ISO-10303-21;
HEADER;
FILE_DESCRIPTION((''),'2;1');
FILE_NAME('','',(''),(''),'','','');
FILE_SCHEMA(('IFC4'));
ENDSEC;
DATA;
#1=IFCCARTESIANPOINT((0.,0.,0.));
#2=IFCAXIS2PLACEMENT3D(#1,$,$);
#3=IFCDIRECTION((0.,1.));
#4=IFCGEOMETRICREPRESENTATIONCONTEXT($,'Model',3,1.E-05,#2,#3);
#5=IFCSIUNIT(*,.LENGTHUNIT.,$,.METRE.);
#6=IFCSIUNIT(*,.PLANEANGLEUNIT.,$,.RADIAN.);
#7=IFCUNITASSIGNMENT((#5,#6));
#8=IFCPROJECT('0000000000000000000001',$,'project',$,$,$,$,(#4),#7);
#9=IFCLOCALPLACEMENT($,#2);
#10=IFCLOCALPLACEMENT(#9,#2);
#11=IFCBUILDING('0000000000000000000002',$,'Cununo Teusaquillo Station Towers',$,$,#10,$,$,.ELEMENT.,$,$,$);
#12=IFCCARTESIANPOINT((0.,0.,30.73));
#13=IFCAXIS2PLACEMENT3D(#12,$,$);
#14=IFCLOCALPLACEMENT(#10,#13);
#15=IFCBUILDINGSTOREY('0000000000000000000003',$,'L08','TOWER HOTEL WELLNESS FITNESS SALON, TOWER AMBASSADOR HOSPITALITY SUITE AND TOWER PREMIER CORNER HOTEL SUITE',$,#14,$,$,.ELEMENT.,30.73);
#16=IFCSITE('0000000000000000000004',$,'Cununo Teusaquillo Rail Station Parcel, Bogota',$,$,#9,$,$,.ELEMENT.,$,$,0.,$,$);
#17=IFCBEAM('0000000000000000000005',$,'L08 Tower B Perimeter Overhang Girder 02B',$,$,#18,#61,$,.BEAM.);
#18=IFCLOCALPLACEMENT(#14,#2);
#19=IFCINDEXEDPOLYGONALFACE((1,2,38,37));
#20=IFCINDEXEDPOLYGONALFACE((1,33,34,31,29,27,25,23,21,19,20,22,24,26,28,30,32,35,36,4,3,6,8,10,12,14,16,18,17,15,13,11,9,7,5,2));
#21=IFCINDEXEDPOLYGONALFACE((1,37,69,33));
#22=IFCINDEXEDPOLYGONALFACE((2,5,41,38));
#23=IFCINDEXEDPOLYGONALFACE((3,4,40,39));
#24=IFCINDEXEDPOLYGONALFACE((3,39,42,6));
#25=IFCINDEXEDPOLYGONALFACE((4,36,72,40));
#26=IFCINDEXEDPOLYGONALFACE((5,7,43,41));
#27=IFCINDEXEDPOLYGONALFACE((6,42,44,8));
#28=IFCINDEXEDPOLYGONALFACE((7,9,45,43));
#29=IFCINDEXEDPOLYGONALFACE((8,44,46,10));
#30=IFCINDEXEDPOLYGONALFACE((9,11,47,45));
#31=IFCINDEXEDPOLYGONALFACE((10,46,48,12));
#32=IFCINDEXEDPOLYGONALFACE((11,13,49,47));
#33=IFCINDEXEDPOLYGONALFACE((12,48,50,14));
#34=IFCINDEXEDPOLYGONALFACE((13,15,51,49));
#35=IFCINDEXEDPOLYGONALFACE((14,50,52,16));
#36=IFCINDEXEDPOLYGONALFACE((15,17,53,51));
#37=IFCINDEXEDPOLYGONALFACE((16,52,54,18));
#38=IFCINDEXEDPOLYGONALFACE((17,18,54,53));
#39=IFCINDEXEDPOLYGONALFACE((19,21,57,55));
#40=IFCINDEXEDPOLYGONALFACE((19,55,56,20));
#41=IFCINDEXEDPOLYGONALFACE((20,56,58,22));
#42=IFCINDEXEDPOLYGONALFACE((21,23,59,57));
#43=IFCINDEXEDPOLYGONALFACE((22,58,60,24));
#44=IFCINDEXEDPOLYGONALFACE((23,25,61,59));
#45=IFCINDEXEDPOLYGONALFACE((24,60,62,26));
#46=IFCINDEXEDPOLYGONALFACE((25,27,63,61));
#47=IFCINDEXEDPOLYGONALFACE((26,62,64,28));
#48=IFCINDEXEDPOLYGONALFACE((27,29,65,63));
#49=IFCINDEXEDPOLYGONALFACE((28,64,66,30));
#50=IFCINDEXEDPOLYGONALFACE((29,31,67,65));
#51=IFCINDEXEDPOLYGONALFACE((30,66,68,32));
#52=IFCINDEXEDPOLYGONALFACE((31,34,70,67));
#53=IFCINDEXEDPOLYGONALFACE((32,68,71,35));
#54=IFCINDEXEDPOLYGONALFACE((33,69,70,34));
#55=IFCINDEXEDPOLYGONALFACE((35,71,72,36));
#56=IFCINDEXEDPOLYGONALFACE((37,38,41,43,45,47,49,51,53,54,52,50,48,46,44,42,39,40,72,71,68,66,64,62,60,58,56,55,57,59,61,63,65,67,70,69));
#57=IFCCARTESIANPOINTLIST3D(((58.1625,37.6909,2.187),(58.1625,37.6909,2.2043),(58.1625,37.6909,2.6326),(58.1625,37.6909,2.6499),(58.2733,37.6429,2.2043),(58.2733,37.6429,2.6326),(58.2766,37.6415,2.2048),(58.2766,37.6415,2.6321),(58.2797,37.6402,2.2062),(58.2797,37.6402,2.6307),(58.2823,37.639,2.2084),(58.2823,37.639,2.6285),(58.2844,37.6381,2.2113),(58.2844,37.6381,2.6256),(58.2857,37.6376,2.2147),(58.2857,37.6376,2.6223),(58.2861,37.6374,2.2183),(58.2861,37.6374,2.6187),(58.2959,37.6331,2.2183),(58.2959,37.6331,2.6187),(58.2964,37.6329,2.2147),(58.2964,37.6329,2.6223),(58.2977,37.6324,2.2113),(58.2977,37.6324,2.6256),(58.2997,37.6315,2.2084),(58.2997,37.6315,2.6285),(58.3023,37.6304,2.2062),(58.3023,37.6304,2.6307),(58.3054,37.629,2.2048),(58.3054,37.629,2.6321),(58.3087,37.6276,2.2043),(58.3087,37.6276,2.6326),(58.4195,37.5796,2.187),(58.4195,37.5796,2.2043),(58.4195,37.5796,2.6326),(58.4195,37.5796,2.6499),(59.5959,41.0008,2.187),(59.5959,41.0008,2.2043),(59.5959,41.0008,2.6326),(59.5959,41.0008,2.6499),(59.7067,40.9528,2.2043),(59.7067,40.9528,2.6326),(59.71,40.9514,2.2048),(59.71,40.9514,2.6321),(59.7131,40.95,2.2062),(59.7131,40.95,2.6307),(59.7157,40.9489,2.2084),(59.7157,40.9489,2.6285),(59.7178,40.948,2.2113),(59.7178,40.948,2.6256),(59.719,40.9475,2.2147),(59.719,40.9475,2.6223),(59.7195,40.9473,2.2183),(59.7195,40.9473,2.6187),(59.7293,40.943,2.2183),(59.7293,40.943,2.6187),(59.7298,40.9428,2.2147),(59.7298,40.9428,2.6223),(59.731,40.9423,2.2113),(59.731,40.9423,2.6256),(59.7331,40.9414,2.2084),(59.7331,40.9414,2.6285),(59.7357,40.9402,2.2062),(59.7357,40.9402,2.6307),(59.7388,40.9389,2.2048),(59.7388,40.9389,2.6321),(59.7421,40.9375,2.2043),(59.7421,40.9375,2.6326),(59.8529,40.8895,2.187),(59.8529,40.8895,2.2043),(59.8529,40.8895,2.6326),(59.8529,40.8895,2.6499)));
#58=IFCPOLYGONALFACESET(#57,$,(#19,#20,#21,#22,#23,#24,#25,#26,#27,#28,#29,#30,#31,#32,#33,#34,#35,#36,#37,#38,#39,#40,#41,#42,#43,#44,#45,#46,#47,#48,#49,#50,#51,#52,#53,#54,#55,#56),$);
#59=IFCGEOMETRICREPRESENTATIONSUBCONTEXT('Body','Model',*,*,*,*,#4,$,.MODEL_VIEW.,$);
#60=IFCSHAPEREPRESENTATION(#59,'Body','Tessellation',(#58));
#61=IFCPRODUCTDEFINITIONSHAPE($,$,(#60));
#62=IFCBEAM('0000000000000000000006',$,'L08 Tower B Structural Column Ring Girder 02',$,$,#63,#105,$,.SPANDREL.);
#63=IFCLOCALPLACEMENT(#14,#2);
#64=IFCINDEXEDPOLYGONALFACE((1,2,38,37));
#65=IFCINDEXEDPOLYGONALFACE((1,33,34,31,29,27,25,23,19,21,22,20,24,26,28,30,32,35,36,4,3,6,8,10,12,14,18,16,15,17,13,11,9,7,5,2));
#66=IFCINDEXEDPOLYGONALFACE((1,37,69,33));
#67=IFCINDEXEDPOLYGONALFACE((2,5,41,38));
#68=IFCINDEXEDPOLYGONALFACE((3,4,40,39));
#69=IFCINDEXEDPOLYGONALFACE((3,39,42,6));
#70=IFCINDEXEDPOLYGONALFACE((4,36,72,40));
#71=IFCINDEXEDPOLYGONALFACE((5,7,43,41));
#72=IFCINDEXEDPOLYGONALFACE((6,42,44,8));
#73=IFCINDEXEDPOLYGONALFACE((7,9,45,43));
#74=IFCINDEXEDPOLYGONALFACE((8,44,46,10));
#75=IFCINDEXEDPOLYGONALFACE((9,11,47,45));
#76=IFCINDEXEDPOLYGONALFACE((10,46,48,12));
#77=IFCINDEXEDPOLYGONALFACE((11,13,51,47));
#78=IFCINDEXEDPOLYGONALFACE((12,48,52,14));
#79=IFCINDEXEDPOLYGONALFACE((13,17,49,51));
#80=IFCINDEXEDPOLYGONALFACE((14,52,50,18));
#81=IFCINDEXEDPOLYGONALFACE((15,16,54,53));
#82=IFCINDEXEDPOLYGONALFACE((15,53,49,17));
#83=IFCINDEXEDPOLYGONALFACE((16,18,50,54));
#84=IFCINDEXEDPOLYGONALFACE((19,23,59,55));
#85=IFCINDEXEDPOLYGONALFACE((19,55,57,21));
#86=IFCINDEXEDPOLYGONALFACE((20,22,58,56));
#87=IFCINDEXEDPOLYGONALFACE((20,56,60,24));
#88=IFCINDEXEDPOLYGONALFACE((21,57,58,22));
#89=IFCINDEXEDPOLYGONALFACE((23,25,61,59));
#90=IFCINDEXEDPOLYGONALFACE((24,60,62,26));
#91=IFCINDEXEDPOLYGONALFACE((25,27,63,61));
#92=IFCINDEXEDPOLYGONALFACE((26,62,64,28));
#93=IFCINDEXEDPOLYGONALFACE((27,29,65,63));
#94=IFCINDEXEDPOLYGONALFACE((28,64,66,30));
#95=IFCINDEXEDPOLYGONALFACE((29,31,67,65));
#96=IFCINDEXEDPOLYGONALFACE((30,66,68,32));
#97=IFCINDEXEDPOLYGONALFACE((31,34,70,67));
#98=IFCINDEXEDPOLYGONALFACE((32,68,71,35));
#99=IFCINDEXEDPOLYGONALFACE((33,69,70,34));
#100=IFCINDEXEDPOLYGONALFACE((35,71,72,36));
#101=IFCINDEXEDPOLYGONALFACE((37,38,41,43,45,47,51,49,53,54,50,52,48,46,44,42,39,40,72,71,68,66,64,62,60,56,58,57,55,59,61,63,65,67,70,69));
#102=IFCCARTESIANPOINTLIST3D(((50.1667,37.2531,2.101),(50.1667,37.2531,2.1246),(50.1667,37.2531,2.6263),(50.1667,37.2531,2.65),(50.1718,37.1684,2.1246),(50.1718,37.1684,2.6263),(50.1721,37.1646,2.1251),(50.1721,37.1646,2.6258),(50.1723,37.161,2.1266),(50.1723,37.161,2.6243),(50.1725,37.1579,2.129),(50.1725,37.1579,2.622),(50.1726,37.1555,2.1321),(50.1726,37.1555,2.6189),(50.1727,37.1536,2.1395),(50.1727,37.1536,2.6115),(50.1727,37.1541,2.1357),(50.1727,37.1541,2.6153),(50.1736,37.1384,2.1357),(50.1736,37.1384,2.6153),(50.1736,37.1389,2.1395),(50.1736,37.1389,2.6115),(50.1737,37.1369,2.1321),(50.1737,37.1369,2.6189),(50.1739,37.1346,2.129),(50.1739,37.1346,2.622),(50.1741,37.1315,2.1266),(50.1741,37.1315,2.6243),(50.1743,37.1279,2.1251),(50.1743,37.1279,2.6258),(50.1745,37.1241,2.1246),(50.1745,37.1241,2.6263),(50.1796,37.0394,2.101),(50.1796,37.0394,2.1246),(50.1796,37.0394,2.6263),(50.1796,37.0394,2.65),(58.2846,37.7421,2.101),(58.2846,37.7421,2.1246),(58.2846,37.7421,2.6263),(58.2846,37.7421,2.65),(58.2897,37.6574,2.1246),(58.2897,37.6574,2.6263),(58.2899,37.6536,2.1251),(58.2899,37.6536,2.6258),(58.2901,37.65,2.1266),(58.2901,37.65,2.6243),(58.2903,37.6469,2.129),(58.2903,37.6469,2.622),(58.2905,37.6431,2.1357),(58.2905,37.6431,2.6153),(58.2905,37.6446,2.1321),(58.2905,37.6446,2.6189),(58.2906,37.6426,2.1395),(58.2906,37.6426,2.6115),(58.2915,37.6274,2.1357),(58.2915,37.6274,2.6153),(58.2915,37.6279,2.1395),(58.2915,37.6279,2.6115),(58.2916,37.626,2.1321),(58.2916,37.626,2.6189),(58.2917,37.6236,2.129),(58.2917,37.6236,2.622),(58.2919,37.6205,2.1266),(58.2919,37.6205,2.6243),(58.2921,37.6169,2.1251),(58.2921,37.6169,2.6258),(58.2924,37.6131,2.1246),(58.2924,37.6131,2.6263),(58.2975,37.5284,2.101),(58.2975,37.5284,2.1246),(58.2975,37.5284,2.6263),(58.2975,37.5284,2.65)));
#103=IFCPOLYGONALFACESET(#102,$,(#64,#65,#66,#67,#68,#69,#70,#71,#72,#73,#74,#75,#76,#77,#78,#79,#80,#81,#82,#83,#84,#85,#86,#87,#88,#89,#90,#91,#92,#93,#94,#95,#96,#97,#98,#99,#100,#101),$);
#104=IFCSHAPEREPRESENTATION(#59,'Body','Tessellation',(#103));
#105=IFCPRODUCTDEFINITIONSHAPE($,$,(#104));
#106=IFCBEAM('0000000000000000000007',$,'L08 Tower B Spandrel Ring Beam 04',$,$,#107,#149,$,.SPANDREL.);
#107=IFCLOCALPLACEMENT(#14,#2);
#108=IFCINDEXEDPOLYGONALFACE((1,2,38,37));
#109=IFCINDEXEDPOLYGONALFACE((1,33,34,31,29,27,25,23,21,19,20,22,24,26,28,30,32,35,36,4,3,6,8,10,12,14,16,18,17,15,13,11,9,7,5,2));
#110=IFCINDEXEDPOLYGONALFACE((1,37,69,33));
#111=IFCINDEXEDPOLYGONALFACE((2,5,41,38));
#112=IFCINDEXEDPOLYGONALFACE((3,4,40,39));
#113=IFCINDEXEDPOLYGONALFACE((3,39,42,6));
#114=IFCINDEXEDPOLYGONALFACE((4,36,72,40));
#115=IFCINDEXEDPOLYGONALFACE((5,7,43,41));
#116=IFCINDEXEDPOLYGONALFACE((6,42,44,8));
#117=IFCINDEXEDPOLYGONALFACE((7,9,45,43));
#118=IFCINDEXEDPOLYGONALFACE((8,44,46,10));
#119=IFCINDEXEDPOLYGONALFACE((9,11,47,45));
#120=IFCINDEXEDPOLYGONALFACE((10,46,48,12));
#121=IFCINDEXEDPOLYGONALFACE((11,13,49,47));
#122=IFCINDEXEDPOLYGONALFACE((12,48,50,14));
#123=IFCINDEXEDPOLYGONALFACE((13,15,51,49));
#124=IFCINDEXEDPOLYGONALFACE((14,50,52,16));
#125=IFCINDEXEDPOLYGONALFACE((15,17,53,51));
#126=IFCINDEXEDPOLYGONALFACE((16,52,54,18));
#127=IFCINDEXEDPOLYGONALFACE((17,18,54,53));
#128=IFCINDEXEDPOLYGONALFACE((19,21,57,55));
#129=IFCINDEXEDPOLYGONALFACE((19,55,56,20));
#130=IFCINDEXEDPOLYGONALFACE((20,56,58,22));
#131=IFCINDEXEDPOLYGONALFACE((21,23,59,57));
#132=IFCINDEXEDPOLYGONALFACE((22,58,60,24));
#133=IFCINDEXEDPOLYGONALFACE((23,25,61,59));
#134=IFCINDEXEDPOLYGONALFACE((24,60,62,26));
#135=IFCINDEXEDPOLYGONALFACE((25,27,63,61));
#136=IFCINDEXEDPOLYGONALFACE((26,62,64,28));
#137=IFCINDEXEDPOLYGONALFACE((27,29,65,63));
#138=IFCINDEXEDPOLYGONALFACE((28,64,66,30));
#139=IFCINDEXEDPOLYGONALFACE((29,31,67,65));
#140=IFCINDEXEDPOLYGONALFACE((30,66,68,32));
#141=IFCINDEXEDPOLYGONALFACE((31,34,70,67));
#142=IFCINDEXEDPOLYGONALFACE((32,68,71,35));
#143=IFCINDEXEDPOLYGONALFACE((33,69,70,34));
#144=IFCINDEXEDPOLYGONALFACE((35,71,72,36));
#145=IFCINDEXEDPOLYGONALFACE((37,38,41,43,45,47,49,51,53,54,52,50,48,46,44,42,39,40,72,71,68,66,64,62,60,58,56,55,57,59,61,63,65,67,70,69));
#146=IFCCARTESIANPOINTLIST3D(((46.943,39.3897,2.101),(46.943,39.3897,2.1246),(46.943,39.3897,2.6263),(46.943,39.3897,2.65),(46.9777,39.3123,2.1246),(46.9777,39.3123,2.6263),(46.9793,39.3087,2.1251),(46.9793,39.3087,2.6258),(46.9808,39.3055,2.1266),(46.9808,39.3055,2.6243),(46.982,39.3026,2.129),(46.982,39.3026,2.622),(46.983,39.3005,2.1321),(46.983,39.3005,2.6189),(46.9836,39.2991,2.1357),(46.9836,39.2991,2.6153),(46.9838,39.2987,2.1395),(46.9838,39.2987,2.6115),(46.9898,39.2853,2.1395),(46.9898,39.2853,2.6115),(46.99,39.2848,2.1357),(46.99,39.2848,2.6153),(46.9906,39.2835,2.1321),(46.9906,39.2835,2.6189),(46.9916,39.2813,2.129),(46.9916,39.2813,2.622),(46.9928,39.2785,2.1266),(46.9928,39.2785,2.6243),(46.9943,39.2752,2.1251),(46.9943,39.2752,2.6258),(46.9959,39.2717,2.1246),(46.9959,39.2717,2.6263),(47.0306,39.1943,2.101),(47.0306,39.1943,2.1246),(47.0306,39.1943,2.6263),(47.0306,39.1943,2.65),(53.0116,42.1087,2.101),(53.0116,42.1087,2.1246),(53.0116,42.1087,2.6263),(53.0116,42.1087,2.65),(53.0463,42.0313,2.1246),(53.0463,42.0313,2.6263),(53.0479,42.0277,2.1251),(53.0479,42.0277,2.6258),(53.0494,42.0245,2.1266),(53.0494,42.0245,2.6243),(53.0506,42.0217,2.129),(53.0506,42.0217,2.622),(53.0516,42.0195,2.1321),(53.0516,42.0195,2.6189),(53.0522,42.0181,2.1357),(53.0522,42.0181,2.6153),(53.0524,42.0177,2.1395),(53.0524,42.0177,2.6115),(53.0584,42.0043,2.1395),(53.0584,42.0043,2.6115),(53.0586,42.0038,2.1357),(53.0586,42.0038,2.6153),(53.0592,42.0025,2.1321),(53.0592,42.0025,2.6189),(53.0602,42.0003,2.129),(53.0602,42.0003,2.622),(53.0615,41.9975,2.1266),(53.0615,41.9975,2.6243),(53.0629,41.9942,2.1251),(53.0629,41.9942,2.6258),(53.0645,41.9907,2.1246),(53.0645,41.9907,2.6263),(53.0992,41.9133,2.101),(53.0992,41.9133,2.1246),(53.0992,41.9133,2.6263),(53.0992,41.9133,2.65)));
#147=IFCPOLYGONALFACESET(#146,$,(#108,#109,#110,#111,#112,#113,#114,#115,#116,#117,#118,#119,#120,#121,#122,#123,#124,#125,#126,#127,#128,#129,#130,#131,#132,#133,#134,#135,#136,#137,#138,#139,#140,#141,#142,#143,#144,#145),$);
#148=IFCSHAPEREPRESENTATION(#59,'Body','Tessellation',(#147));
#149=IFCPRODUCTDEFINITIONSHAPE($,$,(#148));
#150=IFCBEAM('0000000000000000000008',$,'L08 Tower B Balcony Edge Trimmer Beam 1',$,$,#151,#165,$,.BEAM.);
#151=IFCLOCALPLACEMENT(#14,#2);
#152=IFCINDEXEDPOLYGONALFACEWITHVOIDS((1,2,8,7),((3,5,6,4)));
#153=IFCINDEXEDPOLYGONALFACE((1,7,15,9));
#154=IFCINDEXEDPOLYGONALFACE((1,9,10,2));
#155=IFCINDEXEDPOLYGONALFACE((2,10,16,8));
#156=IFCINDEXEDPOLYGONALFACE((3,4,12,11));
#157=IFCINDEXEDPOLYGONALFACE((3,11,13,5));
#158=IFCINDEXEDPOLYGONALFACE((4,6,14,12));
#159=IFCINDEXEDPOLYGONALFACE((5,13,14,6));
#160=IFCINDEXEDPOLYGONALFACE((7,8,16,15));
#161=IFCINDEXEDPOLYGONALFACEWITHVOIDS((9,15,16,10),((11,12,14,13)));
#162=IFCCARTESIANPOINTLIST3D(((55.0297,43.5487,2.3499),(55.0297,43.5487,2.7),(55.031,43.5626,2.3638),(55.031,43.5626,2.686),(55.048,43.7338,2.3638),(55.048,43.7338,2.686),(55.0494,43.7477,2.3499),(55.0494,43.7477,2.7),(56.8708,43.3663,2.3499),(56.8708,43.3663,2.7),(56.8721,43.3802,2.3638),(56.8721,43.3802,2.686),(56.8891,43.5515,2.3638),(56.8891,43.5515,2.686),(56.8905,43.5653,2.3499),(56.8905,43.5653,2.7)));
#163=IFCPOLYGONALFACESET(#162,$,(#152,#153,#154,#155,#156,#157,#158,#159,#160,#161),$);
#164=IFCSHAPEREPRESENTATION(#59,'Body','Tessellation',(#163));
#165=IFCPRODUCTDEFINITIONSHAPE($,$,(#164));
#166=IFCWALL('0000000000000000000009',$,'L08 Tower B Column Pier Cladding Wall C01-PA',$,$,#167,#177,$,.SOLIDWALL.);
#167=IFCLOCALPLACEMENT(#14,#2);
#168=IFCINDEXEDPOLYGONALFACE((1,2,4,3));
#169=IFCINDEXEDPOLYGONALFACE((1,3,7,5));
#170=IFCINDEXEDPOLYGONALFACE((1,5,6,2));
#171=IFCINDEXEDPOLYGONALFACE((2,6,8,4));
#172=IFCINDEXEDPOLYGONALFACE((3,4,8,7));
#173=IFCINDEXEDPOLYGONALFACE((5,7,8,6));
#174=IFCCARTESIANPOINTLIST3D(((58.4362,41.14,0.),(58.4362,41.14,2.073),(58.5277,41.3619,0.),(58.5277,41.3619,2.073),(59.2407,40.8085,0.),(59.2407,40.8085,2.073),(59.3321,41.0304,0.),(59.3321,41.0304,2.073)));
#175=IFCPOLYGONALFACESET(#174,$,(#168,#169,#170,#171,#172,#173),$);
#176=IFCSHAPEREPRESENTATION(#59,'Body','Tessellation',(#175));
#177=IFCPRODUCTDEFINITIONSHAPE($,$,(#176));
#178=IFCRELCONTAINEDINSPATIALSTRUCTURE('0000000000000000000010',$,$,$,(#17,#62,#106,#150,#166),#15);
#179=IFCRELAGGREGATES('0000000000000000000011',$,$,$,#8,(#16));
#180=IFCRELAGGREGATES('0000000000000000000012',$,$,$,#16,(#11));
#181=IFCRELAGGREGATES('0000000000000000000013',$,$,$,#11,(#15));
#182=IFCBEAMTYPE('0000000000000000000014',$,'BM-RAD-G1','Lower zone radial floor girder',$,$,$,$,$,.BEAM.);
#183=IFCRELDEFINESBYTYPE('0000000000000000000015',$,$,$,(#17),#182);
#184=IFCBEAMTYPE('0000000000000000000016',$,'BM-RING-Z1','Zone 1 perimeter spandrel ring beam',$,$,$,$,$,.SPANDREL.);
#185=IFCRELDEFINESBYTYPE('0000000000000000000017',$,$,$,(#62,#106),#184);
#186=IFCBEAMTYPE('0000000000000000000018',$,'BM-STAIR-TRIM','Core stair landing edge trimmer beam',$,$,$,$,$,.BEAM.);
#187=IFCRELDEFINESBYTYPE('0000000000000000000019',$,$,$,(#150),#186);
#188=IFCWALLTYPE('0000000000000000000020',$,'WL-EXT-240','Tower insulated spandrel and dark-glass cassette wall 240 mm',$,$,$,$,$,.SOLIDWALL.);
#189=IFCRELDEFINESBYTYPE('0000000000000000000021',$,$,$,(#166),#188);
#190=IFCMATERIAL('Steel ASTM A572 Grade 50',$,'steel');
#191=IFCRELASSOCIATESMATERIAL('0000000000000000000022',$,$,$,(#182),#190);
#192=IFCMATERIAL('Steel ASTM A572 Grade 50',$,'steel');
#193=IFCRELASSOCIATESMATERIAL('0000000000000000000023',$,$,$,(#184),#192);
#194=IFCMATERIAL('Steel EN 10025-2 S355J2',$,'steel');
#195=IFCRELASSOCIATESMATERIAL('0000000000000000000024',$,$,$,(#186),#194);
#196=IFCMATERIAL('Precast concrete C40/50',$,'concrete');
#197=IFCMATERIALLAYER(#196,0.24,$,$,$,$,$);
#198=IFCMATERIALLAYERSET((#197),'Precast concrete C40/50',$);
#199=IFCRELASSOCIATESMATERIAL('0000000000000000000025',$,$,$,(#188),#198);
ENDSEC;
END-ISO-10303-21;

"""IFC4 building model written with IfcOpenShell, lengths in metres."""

from ifc_helpers import new_model, si_unit, direction, frame, frame_2d, origin, origin_2d, place, context, subcontext, project, spatial, rectangle, hollow_rectangle, i_section, extrude, material, layer, layer_set, material_profile, profile_set, type_object, element, save


model = new_model("IFC4")

# Units and contexts
model_context = context("Model", 3, precision=1e-05, world=origin(), true_north=direction((0.0, 1.0)))
body_context = subcontext(model_context, "Body", "Model", "MODEL_VIEW")
ifc_project = project(units=[si_unit("LENGTHUNIT", "METRE"), si_unit("PLANEANGLEUNIT", "RADIAN")], contexts=[model_context])

# Site, building, storey
site_placement = place(None, origin())
site = spatial("IfcSite", under=ifc_project, at=site_placement, Name="Cununo Teusaquillo Rail Station Parcel, Bogota", CompositionType="ELEMENT", RefElevation=0.0)
building_placement = place(site_placement, origin())
building = spatial("IfcBuilding", under=site, at=building_placement, Name="Cununo Teusaquillo Station Towers", CompositionType="ELEMENT")
storey_placement = place(building_placement, frame((0.0, 0.0, 30.73)))
storey = spatial("IfcBuildingStorey", under=building, at=storey_placement, Name="L08", Description="TOWER HOTEL WELLNESS FITNESS SALON, TOWER AMBASSADOR HOSPITALITY SUITE AND TOWER PREMIER CORNER HOTEL SUITE", CompositionType="ELEMENT", Elevation=30.73)

# Beams
ifc_material_1 = material(Name="Steel ASTM A572 Grade 50", Category="steel")
ifc_material_profile_1 = material_profile(ifc_material_1, i_section(OverallWidth=0.28, OverallDepth=0.4629, WebThickness=0.0107, FlangeThickness=0.0173, FilletRadius=0.0139, at=origin_2d()), Name="W18X76")
ifc_profile_set_1 = profile_set([ifc_material_profile_1], Name="Steel ASTM A572 Grade 50")
beam_type_1 = type_object("IfcBeamType", Name="BM-RAD-G1", Description="Lower zone radial floor girder", PredefinedType="BEAM", material=ifc_profile_set_1)
beam_1_placement = place(storey_placement, frame((58.291, 37.6353, 2.4185), z_axis=(0.397397, 0.917647, 0.0), x_axis=(-0.917647, 0.397397, 0.0)))
element("IfcBeam", 1, at=beam_1_placement, inside=storey, type_object=beam_type_1, Name="L08 Tower B Perimeter Overhang Girder 02B", PredefinedType="BEAM", context=body_context, shape_type="SweptSolid", body=[
    extrude(i_section(OverallWidth=0.28, OverallDepth=0.4629, WebThickness=0.0107, FlangeThickness=0.0173, FilletRadius=0.0139, at=origin_2d()), origin(), (0.0, 0.0, 1.0), 3.6069),
])
ifc_material_2 = material(Name="Steel ASTM A572 Grade 50", Category="steel")
ifc_material_profile_2 = material_profile(ifc_material_2, i_section(OverallWidth=0.2141, OverallDepth=0.5491, WebThickness=0.0146, FlangeThickness=0.0237, FilletRadius=0.0149, at=origin_2d()), Name="W21X93")
ifc_profile_set_2 = profile_set([ifc_material_profile_2], Name="Steel ASTM A572 Grade 50")
beam_type_2 = type_object("IfcBeamType", Name="BM-RING-Z1", Description="Zone 1 perimeter spandrel ring beam", PredefinedType="SPANDREL", material=ifc_profile_set_2)
beam_2_placement = place(storey_placement, frame((58.291, 37.6353, 2.3755), z_axis=(-0.998191, -0.06013, 0.0), x_axis=(0.06013, -0.998191, 0.0)))
element("IfcBeam", 2, at=beam_2_placement, inside=storey, type_object=beam_type_2, Name="L08 Tower B Structural Column Ring Girder 02", PredefinedType="SPANDREL", context=body_context, shape_type="SweptSolid", body=[
    extrude(i_section(OverallWidth=0.2141, OverallDepth=0.5491, WebThickness=0.0146, FlangeThickness=0.0237, FilletRadius=0.0149, at=origin_2d()), origin(), (0.0, 0.0, 1.0), 8.1326),
])
beam_3_placement = place(storey_placement, frame((53.0554, 42.011, 2.3755), z_axis=(-0.912589, -0.408879, 0.0), x_axis=(0.408879, -0.912589, 0.0)))
element("IfcBeam", 3, at=beam_3_placement, inside=storey, type_object=beam_type_2, Name="L08 Tower B Spandrel Ring Beam 04", PredefinedType="SPANDREL", context=body_context, shape_type="SweptSolid", body=[
    extrude(i_section(OverallWidth=0.2141, OverallDepth=0.5491, WebThickness=0.0146, FlangeThickness=0.0237, FilletRadius=0.0149, at=origin_2d()), origin(), (0.0, 0.0, 1.0), 6.6499),
])
ifc_material_3 = material(Name="Steel EN 10025-2 S355J2", Category="steel")
ifc_material_profile_3 = material_profile(ifc_material_3, hollow_rectangle(XDim=0.2, YDim=0.3501, WallThickness=0.0139, at=origin_2d()), Name="RHS 350x200x14")
ifc_profile_set_3 = profile_set([ifc_material_profile_3], Name="Steel EN 10025-2 S355J2")
beam_type_3 = type_object("IfcBeamType", Name="BM-STAIR-TRIM", Description="Core stair landing edge trimmer beam", PredefinedType="BEAM", material=ifc_profile_set_3)
beam_4_placement = place(storey_placement, frame((56.8806, 43.4658, 2.5249), z_axis=(-0.99513, 0.098576, 0.0), x_axis=(-0.098576, -0.99513, 0.0)))
element("IfcBeam", 4, at=beam_4_placement, inside=storey, type_object=beam_type_3, Name="L08 Tower B Balcony Edge Trimmer Beam 1", PredefinedType="BEAM", context=body_context, shape_type="SweptSolid", body=[
    extrude(hollow_rectangle(XDim=0.2, YDim=0.3501, WallThickness=0.0139, at=origin_2d()), origin(), (0.0, 0.0, 1.0), 1.8501),
])

# Wall
ifc_material_4 = material(Name="Precast concrete C40/50", Category="concrete")
ifc_layer_1 = layer(ifc_material_4, 0.24)
ifc_layer_set_1 = layer_set([ifc_layer_1], Name="Precast concrete C40/50")
wall_type_1 = type_object("IfcWallType", Name="WL-EXT-240", Description="Tower insulated spandrel and dark-glass cassette wall 240 mm", PredefinedType="SOLIDWALL", material=ifc_layer_set_1)
wall_1_placement = place(storey_placement, frame((58.4819, 41.251, 0.0), z_axis=(0.0, 0.0, 1.0), x_axis=(0.924556, -0.381046, 0.0)))
element("IfcWall", 5, at=wall_1_placement, inside=storey, type_object=wall_type_1, Name="L08 Tower B Column Pier Cladding Wall C01-PA", PredefinedType="SOLIDWALL", context=body_context, shape_type="SweptSolid", body=[
    extrude(rectangle(XDim=0.8701, YDim=0.24, at=frame_2d((0.4351, 0.0))), origin(), (0.0, 0.0, 1.0), 2.073),
])

save(model, "model.ifc")
